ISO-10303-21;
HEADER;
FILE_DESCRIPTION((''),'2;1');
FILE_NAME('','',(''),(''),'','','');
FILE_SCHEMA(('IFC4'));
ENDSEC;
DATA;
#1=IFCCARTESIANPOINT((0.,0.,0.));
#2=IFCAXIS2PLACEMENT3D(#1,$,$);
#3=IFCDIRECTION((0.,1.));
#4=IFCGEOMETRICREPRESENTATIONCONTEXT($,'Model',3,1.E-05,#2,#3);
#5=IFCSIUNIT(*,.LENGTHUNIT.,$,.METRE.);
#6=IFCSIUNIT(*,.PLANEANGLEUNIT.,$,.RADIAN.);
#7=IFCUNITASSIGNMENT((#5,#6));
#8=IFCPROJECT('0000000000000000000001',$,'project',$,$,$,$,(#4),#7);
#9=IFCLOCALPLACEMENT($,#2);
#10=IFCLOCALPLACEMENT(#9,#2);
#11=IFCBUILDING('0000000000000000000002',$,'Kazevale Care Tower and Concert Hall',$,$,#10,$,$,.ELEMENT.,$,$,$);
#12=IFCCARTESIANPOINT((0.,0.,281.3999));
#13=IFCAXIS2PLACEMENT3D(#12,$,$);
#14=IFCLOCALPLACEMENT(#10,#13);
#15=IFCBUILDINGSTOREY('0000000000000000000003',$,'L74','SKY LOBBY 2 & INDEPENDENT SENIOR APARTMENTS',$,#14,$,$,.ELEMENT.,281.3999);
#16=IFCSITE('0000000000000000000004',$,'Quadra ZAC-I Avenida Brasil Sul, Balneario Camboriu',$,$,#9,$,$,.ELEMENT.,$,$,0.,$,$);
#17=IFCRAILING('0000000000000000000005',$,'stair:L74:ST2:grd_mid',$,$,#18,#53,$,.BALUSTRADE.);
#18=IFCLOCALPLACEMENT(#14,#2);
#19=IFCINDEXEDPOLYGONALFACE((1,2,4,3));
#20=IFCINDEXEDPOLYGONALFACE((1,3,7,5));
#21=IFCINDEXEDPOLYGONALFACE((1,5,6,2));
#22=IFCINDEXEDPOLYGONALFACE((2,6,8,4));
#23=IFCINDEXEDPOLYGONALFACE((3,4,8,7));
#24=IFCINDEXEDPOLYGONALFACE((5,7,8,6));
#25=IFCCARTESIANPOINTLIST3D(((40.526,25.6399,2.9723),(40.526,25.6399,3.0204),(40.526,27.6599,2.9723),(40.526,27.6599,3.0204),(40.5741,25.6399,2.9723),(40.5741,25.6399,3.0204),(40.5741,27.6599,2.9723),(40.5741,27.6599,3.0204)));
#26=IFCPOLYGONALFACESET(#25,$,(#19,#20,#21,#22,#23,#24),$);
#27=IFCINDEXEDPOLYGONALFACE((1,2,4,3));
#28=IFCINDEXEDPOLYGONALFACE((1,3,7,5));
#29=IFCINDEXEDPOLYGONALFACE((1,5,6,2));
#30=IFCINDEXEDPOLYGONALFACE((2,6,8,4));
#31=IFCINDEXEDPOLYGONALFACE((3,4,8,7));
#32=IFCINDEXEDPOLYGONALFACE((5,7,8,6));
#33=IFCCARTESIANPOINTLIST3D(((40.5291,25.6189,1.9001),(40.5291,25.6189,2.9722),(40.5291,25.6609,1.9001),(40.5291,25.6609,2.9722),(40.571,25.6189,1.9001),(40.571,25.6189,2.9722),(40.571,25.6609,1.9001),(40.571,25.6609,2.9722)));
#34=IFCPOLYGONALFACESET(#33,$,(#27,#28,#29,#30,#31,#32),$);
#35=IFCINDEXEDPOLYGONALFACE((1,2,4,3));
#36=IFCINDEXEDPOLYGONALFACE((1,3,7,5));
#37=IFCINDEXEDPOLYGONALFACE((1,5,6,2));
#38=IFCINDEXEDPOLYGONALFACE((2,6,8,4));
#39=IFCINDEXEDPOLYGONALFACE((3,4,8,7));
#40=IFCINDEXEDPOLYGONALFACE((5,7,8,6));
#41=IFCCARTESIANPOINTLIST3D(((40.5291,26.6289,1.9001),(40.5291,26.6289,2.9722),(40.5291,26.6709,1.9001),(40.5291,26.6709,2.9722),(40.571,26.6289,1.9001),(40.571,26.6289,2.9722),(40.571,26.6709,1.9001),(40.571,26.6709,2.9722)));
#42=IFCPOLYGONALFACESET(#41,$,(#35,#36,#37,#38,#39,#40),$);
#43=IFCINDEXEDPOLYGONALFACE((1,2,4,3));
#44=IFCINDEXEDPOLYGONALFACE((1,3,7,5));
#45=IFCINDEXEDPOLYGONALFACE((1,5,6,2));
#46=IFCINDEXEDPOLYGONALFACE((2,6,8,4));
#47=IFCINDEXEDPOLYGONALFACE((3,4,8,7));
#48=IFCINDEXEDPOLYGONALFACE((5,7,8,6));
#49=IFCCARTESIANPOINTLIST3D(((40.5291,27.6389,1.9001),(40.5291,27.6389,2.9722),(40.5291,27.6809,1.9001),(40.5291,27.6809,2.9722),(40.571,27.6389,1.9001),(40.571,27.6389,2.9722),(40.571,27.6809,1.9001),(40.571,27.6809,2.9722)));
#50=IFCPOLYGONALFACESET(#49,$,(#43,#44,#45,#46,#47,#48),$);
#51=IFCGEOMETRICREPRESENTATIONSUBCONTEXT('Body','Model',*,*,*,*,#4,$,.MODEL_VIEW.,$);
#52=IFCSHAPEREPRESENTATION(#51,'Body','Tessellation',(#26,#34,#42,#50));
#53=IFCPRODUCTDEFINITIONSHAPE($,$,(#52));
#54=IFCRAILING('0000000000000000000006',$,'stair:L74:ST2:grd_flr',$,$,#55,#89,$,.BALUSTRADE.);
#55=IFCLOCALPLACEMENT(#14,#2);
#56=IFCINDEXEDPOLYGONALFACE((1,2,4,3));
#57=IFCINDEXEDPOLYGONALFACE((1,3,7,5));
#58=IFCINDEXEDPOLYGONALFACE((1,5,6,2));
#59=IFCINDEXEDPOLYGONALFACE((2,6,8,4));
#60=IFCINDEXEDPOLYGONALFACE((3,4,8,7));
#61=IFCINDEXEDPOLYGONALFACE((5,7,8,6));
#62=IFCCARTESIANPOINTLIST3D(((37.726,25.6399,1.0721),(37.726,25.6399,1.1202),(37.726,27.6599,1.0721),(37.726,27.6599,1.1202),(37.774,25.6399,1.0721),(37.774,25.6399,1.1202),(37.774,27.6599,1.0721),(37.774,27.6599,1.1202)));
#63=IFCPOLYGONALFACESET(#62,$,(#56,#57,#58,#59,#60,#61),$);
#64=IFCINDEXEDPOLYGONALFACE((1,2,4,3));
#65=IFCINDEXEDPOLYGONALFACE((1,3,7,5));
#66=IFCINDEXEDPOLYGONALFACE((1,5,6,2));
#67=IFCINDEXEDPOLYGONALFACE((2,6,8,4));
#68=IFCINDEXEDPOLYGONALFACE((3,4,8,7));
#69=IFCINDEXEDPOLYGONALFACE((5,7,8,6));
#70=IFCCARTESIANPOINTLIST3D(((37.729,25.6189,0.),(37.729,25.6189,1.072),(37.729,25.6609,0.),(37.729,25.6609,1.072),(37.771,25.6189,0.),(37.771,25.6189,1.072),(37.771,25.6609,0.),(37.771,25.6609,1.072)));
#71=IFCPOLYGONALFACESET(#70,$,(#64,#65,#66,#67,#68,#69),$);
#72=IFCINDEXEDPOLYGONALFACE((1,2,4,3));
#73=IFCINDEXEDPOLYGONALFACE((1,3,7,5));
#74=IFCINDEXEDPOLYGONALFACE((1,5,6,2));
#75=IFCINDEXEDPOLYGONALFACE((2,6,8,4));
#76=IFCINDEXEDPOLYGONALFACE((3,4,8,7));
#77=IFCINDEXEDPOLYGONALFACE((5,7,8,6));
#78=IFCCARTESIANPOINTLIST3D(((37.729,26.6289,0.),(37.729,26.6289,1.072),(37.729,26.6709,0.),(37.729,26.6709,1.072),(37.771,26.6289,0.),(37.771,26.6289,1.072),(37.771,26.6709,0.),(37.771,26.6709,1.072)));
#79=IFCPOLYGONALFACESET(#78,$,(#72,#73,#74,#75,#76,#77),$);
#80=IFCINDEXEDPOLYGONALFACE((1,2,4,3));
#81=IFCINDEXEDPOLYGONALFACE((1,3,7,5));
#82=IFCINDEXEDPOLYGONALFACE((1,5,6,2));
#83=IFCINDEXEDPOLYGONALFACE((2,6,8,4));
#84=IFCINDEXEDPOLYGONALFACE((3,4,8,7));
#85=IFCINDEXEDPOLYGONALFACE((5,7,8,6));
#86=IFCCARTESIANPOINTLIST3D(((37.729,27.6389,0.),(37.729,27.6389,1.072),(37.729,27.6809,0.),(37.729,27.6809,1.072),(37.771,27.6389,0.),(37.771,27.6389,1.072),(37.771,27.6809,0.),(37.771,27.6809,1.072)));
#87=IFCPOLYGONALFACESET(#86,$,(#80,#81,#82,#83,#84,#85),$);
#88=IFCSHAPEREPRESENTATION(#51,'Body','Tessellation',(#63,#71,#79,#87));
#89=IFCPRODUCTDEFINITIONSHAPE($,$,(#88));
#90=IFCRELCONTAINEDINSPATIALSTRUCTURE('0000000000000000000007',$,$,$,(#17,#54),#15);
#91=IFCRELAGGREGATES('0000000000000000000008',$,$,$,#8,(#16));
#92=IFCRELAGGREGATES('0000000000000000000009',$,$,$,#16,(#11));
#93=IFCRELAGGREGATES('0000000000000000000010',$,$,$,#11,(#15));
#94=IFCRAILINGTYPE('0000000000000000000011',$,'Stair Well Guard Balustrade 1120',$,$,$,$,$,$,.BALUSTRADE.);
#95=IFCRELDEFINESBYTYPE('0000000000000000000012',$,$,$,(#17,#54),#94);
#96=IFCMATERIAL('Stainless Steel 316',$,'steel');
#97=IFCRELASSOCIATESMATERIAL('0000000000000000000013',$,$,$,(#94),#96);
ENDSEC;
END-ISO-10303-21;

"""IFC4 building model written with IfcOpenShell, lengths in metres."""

from ifc_helpers import new_model, si_unit, direction, frame, origin, origin_2d, place, context, subcontext, project, spatial, rectangle, extrude, material, type_object, element, save


model = new_model("IFC4")

# Units and contexts
model_context = context("Model", 3, precision=1e-05, world=origin(), true_north=direction((0.0, 1.0)))
body_context = subcontext(model_context, "Body", "Model", "MODEL_VIEW")
ifc_project = project(units=[si_unit("LENGTHUNIT", "METRE"), si_unit("PLANEANGLEUNIT", "RADIAN")], contexts=[model_context])

# Site, building, storey
site_placement = place(None, origin())
site = spatial("IfcSite", under=ifc_project, at=site_placement, Name="Quadra ZAC-I Avenida Brasil Sul, Balneario Camboriu", CompositionType="ELEMENT", RefElevation=0.0)
building_placement = place(site_placement, origin())
building = spatial("IfcBuilding", under=site, at=building_placement, Name="Kazevale Care Tower and Concert Hall", CompositionType="ELEMENT")
storey_placement = place(building_placement, frame((0.0, 0.0, 281.3999)))
storey = spatial("IfcBuildingStorey", under=building, at=storey_placement, Name="L74", Description="SKY LOBBY 2 & INDEPENDENT SENIOR APARTMENTS", CompositionType="ELEMENT", Elevation=281.3999)

# Railings
ifc_material_1 = material(Name="Stainless Steel 316", Category="steel")
railing_type_1 = type_object("IfcRailingType", Name="Stair Well Guard Balustrade 1120", PredefinedType="BALUSTRADE", material=ifc_material_1)
for number, where, name in (
    (1, (40.55, 25.6399, 1.9001), "stair:L74:ST2:grd_mid"),
    (2, (37.75, 25.6399, 0.0), "stair:L74:ST2:grd_flr"),
):
    element("IfcRailing", number, at=place(storey_placement, frame(where)), inside=storey, type_object=railing_type_1, Name=name, PredefinedType="BALUSTRADE", context=body_context, shape_type="SweptSolid", body=[
        extrude(rectangle(XDim=0.0481, YDim=0.0481, at=origin_2d()), frame((0.0, 0.0, 1.0962), z_axis=(0.0, 1.0, 0.0), x_axis=(-1.0, 0.0, 0.0)), (0.0, 0.0, 1.0), 2.02),
        extrude(rectangle(XDim=0.042, YDim=0.042, at=origin_2d()), origin(), (0.0, 0.0, 1.0), 1.072),
        extrude(rectangle(XDim=0.042, YDim=0.042, at=origin_2d()), frame((0.0, 1.01, 0.0)), (0.0, 0.0, 1.0), 1.072),
        extrude(rectangle(XDim=0.042, YDim=0.042, at=origin_2d()), frame((0.0, 2.02, 0.0)), (0.0, 0.0, 1.0), 1.072),
    ])

save(model, "model.ifc")
